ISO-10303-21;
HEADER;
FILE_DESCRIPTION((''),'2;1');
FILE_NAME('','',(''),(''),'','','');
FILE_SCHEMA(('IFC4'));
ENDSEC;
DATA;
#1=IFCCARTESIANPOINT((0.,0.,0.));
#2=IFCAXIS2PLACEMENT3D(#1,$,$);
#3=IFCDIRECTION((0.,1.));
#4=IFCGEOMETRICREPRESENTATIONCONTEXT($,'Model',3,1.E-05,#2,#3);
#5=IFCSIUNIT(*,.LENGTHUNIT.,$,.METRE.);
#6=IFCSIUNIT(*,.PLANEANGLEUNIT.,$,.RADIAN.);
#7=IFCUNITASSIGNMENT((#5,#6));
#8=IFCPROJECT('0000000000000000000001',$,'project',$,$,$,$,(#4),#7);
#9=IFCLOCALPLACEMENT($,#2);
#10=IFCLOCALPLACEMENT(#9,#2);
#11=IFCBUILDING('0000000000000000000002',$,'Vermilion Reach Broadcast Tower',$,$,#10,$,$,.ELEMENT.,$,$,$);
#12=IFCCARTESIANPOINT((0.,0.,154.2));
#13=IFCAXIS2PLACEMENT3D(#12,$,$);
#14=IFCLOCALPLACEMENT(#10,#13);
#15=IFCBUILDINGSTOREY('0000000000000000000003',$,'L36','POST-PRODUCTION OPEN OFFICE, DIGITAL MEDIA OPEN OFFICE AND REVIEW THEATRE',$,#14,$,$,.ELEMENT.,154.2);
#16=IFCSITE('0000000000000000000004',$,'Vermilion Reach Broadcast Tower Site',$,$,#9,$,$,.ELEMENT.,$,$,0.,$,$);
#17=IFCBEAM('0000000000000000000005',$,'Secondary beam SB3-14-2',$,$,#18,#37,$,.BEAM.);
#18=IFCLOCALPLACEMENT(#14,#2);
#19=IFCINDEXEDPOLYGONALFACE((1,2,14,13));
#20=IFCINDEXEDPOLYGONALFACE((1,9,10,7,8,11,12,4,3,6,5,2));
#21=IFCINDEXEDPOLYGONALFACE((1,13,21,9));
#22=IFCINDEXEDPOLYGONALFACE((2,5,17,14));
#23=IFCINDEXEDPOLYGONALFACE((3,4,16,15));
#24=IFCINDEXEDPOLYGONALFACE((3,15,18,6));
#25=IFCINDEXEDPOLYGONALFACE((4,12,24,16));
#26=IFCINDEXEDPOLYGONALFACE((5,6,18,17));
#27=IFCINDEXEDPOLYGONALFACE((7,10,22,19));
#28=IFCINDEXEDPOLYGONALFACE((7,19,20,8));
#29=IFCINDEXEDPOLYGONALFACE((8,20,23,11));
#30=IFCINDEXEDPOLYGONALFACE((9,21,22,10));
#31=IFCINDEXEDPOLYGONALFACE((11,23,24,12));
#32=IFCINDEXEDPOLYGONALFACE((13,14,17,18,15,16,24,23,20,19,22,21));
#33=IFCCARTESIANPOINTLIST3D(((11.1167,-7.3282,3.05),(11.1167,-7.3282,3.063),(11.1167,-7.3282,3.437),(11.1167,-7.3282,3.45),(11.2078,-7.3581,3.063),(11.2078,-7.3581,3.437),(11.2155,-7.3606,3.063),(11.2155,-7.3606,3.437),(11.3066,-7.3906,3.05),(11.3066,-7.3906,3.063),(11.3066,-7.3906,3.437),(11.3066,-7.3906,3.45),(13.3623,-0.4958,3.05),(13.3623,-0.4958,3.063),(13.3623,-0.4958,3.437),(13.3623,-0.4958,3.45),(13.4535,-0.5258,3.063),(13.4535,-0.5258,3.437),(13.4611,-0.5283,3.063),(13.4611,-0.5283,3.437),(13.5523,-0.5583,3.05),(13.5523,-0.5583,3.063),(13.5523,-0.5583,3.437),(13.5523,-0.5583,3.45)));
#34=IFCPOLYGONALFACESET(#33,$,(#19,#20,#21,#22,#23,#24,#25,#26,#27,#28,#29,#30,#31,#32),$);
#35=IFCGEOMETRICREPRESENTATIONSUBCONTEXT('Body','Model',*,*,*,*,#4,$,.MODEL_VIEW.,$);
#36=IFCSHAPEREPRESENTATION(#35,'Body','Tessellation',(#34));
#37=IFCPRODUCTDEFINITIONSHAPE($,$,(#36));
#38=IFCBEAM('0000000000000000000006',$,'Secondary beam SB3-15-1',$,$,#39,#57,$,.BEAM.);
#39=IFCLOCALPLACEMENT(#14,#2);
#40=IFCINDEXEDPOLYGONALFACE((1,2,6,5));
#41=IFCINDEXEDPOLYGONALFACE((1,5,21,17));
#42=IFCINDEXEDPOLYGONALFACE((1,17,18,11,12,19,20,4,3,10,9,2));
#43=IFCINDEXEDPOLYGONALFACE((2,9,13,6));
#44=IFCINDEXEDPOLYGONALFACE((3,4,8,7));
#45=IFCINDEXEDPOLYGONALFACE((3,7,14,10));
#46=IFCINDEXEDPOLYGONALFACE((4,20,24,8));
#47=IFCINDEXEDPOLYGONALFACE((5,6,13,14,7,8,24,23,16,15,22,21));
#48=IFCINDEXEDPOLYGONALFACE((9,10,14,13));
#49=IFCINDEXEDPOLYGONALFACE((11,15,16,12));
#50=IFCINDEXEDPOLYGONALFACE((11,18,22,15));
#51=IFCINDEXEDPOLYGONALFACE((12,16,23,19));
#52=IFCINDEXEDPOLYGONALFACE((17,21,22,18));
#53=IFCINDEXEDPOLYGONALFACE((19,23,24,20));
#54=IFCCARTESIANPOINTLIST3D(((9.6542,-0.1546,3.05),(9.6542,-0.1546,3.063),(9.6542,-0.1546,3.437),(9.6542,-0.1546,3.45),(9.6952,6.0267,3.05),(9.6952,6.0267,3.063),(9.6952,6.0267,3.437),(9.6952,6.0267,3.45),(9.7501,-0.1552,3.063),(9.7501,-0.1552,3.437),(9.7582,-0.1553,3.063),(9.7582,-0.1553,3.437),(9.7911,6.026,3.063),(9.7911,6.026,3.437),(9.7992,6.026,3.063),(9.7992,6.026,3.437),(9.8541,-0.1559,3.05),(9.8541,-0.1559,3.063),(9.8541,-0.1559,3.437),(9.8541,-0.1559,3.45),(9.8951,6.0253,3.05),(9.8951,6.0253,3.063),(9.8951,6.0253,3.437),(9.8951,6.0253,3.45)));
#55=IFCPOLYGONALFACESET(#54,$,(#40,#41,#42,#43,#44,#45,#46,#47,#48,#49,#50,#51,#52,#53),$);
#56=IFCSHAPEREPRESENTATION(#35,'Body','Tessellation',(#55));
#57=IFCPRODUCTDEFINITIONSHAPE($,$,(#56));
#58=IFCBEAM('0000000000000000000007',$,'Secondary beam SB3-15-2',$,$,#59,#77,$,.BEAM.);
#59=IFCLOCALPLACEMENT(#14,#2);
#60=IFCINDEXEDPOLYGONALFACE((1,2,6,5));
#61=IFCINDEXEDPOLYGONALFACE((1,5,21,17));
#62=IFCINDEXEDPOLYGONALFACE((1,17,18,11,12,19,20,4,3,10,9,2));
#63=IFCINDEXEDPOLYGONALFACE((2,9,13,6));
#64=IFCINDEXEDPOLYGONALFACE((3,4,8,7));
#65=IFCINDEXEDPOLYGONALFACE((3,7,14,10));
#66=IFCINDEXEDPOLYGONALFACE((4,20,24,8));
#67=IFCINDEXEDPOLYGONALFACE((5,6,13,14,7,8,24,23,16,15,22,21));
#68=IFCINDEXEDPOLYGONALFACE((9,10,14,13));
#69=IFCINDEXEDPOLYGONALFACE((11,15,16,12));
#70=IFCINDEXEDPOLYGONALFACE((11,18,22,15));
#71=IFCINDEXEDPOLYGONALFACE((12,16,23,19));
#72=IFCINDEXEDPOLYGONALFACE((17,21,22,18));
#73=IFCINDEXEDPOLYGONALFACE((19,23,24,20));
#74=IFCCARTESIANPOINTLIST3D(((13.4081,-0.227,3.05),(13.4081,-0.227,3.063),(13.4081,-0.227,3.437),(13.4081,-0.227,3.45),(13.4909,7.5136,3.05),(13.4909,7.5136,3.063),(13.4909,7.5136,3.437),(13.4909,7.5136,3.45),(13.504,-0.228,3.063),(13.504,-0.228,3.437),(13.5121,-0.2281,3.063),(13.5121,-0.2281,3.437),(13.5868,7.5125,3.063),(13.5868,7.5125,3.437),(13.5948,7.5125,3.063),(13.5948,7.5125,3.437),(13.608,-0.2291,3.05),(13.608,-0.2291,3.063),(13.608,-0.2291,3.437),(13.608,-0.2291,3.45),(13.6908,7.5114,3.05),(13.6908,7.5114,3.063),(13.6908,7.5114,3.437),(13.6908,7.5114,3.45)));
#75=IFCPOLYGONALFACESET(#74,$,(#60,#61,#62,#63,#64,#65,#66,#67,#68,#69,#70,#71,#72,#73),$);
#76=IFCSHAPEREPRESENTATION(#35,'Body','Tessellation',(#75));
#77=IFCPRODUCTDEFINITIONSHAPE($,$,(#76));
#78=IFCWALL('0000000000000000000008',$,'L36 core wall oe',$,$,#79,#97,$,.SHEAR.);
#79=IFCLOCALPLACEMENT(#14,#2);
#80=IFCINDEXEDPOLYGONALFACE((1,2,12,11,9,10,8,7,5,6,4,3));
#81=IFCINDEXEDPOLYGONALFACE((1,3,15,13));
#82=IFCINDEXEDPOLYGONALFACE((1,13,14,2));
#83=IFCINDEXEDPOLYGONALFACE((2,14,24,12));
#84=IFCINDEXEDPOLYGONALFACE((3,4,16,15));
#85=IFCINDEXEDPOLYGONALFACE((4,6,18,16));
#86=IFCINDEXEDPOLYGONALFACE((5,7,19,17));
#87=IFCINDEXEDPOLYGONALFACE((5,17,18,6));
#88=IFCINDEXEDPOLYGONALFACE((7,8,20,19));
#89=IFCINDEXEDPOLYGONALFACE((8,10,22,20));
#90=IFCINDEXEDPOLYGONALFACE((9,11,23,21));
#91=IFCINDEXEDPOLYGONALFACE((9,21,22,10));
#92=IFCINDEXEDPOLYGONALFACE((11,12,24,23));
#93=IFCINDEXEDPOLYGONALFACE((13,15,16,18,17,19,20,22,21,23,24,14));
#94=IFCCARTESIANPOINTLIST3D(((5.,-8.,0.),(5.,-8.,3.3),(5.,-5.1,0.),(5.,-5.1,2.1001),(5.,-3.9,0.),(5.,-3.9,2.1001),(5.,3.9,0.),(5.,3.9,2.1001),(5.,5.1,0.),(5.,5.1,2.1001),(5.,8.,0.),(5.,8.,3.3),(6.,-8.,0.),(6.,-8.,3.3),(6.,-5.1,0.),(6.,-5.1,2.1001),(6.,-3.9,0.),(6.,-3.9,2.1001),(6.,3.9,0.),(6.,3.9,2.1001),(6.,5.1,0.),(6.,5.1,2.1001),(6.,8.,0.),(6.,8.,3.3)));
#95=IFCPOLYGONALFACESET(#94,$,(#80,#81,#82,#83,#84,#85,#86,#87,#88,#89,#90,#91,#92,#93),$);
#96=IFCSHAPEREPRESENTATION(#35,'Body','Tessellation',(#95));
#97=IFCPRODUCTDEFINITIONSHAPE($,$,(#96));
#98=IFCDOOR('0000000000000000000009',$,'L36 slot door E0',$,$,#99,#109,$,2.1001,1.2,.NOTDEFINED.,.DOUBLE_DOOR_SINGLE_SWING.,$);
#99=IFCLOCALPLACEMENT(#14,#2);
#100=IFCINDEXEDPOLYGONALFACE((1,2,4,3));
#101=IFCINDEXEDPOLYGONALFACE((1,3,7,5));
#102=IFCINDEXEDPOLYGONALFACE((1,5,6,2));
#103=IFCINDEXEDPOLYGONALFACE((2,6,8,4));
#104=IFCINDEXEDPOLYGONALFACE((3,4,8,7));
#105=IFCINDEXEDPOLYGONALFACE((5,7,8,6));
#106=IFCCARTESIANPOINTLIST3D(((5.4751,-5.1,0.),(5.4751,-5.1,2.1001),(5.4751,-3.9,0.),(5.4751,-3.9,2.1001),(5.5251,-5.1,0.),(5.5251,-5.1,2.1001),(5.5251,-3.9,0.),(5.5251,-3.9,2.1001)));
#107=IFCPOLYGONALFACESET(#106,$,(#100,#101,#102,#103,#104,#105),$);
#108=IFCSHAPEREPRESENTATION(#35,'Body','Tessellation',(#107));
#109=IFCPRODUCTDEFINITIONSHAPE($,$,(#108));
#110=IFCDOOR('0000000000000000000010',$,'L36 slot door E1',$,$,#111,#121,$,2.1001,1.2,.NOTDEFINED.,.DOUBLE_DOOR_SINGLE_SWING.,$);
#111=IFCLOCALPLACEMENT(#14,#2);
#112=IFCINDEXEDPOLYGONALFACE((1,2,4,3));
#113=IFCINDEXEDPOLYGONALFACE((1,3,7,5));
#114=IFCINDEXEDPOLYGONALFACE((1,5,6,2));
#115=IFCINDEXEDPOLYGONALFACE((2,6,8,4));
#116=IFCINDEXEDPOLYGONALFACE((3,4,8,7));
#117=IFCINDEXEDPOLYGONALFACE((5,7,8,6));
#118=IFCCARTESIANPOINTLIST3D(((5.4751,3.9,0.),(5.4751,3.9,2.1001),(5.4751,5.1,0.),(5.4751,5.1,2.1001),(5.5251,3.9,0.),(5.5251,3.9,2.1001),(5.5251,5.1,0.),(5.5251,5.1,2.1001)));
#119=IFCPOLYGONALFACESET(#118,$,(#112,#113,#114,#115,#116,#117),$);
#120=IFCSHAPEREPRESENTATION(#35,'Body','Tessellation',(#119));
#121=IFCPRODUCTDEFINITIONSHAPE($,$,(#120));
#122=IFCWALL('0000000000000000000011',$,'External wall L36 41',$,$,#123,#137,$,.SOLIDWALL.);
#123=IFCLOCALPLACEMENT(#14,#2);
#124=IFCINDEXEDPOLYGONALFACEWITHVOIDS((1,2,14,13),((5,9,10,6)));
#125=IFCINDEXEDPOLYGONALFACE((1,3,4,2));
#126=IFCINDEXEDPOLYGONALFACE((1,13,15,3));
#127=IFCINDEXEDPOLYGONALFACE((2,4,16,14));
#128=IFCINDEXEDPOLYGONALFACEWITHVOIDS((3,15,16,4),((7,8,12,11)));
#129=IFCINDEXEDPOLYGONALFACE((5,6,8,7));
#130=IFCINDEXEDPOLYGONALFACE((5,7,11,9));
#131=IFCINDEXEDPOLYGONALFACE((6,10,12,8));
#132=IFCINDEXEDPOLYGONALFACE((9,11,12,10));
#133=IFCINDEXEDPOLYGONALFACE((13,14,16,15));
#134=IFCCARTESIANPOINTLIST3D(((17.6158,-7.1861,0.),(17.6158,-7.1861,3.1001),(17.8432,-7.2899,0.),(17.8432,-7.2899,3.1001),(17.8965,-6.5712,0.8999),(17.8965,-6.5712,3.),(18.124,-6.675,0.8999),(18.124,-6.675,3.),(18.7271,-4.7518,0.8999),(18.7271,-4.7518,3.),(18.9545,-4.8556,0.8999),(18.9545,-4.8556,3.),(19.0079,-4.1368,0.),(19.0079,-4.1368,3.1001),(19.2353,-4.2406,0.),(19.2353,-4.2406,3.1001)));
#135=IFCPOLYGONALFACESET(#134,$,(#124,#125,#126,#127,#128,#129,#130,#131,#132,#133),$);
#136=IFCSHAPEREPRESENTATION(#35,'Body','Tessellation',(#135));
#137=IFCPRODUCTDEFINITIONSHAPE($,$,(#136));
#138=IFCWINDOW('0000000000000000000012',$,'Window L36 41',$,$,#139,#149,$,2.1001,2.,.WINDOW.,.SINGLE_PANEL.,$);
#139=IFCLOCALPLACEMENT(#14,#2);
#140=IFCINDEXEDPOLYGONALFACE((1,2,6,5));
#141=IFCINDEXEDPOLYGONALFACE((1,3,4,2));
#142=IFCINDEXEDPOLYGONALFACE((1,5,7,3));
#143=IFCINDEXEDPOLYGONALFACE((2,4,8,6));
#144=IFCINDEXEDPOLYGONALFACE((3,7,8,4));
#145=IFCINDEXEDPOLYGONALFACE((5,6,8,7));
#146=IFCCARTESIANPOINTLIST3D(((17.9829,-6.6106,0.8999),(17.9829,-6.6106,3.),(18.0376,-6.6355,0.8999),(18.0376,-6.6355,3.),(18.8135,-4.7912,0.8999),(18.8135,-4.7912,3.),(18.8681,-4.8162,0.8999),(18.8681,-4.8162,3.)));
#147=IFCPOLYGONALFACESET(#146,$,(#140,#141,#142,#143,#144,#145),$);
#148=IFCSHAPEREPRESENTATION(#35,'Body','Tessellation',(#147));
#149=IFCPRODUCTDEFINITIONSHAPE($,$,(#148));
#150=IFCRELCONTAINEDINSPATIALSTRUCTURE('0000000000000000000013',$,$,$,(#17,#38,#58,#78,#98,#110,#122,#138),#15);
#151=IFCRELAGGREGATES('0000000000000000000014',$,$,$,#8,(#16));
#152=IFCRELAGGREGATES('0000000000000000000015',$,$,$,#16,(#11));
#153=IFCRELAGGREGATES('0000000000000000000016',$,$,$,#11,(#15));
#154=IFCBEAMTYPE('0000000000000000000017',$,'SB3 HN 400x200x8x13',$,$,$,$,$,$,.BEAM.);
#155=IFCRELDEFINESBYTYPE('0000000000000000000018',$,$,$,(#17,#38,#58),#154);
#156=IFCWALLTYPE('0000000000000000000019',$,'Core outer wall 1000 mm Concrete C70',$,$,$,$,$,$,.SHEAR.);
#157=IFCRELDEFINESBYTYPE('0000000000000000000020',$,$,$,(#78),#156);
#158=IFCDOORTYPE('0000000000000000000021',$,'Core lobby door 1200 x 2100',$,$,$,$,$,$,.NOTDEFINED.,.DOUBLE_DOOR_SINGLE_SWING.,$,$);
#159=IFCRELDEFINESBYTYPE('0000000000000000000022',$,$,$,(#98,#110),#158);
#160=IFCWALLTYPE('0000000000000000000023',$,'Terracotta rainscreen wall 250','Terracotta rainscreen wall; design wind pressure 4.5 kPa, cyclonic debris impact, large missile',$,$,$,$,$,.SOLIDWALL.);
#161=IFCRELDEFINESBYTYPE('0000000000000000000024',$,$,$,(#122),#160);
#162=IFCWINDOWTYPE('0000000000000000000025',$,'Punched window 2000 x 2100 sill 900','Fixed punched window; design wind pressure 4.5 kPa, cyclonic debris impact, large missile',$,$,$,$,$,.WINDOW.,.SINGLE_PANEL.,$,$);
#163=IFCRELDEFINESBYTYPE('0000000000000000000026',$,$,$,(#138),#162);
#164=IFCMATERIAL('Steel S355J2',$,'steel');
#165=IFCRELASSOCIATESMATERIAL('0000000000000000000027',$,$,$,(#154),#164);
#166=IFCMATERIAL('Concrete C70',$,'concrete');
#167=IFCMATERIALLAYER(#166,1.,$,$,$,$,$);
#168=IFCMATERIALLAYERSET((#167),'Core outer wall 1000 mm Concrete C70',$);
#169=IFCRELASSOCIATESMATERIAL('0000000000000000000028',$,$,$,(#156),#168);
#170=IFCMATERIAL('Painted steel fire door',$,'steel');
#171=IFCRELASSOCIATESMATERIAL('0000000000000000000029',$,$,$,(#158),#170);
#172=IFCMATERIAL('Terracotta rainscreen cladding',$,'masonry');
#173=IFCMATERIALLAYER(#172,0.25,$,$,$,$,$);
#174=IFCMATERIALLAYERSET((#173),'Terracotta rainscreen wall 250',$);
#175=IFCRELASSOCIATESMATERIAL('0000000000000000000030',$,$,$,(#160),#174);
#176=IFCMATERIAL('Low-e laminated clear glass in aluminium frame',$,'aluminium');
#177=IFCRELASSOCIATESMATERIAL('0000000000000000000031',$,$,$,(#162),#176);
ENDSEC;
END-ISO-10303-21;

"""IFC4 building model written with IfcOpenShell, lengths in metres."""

from ifc_helpers import new_model, si_unit, direction, frame, frame_2d, origin, origin_2d, place, context, subcontext, project, spatial, rectangle, i_section, extrude, material, layer, layer_set, material_profile, profile_set, type_object, element, fill, save


model = new_model("IFC4")

# Units and contexts
model_context = context("Model", 3, precision=1e-05, world=origin(), true_north=direction((0.0, 1.0)))
body_context = subcontext(model_context, "Body", "Model", "MODEL_VIEW")
ifc_project = project(units=[si_unit("LENGTHUNIT", "METRE"), si_unit("PLANEANGLEUNIT", "RADIAN")], contexts=[model_context])

# Site, building, storey
site_placement = place(None, origin())
site = spatial("IfcSite", under=ifc_project, at=site_placement, Name="Vermilion Reach Broadcast Tower Site", CompositionType="ELEMENT", RefElevation=0.0)
building_placement = place(site_placement, origin())
building = spatial("IfcBuilding", under=site, at=building_placement, Name="Vermilion Reach Broadcast Tower", CompositionType="ELEMENT")
storey_placement = place(building_placement, frame((0.0, 0.0, 154.2)))
storey = spatial("IfcBuildingStorey", under=building, at=storey_placement, Name="L36", Description="POST-PRODUCTION OPEN OFFICE, DIGITAL MEDIA OPEN OFFICE AND REVIEW THEATRE", CompositionType="ELEMENT", Elevation=154.2)

# Beams
ifc_material_1 = material(Name="Steel S355J2", Category="steel")
ifc_material_profile_1 = material_profile(ifc_material_1, i_section(OverallWidth=0.2, OverallDepth=0.3999, WebThickness=0.0081, FlangeThickness=0.0129, at=origin_2d()), Name="S355J2 HN 400x200x8x13")
ifc_profile_set_1 = profile_set([ifc_material_profile_1], Name="Steel S355J2")
beam_type_1 = type_object("IfcBeamType", Name="SB3 HN 400x200x8x13", PredefinedType="BEAM", material=ifc_profile_set_1)
beam_1_placement = place(storey_placement, frame((11.2117, -7.3594, 3.25), z_axis=(0.312243, 0.950002, 0.0), x_axis=(-0.950002, 0.312243, 0.0)))
element("IfcBeam", 1, at=beam_1_placement, inside=storey, type_object=beam_type_1, Name="Secondary beam SB3-14-2", PredefinedType="BEAM", context=body_context, shape_type="SweptSolid", body=[
    extrude(i_section(OverallWidth=0.2, OverallDepth=0.3999, WebThickness=0.0081, FlangeThickness=0.0129, at=origin_2d()), origin(), (0.0, 0.0, 1.0), 7.1919),
])
beam_2_placement = place(storey_placement, frame((9.7542, -0.1553, 3.25), z_axis=(0.006635, 0.999978, 0.0), x_axis=(-0.999978, 0.006635, 0.0)))
element("IfcBeam", 2, at=beam_2_placement, inside=storey, type_object=beam_type_1, Name="Secondary beam SB3-15-1", PredefinedType="BEAM", context=body_context, shape_type="SweptSolid", body=[
    extrude(i_section(OverallWidth=0.2, OverallDepth=0.3999, WebThickness=0.0081, FlangeThickness=0.0129, at=origin_2d()), origin(), (0.0, 0.0, 1.0), 6.1814),
])
beam_3_placement = place(storey_placement, frame((13.5081, -0.228, 3.25), z_axis=(0.010692, 0.999943, 0.0), x_axis=(-0.999943, 0.010692, 0.0)))
element("IfcBeam", 3, at=beam_3_placement, inside=storey, type_object=beam_type_1, Name="Secondary beam SB3-15-2", PredefinedType="BEAM", context=body_context, shape_type="SweptSolid", body=[
    extrude(i_section(OverallWidth=0.2, OverallDepth=0.3999, WebThickness=0.0081, FlangeThickness=0.0129, at=origin_2d()), origin(), (0.0, 0.0, 1.0), 7.741),
])

# Wall, openings, doors
ifc_material_2 = material(Name="Concrete C70", Category="concrete")
ifc_layer_1 = layer(ifc_material_2, 1.0)
ifc_layer_set_1 = layer_set([ifc_layer_1], Name="Core outer wall 1000 mm Concrete C70")
wall_type_1 = type_object("IfcWallType", Name="Core outer wall 1000 mm Concrete C70", PredefinedType="SHEAR", material=ifc_layer_set_1)
wall_1_placement = place(storey_placement, frame((5.5, -8.0, 0.0), z_axis=(0.0, 0.0, 1.0), x_axis=(0.0, 1.0, 0.0)))
wall_1 = element("IfcWall", 4, at=wall_1_placement, inside=storey, type_object=wall_type_1, Name="L36 core wall oe", PredefinedType="SHEAR", context=body_context, shape_type="SweptSolid", body=[
    extrude(rectangle(XDim=16.0, YDim=1.0, at=frame_2d((8.0, 0.0))), origin(), (0.0, 0.0, 1.0), 3.3),
])
opening_1_placement = place(wall_1_placement, frame((2.8999, 0.0, 0.0)))
opening_1 = element("IfcOpeningElement", 5, at=opening_1_placement, cuts=wall_1, PredefinedType="OPENING", context=body_context, shape_type="SweptSolid", body=[
    extrude(rectangle(XDim=1.2, YDim=2.1001, at=frame_2d((0.6001, 1.05))), frame((0.0, 0.51, 0.0), z_axis=(0.0, -1.0, 0.0), x_axis=(1.0, 0.0, 0.0)), (0.0, 0.0, 1.0), 1.02),
])
opening_2_placement = place(wall_1_placement, frame((11.8999, 0.0, 0.0)))
opening_2 = element("IfcOpeningElement", 6, at=opening_2_placement, cuts=wall_1, PredefinedType="OPENING", context=body_context, shape_type="SweptSolid", body=[
    extrude(rectangle(XDim=1.2, YDim=2.1001, at=frame_2d((0.6001, 1.05))), frame((0.0, 0.51, 0.0), z_axis=(0.0, -1.0, 0.0), x_axis=(1.0, 0.0, 0.0)), (0.0, 0.0, 1.0), 1.02),
])
ifc_material_3 = material(Name="Painted steel fire door", Category="steel")
door_type_1 = type_object("IfcDoorType", Name="Core lobby door 1200 x 2100", OperationType="DOUBLE_DOOR_SINGLE_SWING", PredefinedType="NOTDEFINED", material=ifc_material_3)
door_1_placement = place(opening_1_placement, origin())
door_1 = element("IfcDoor", 7, at=door_1_placement, inside=storey, type_object=door_type_1, Name="L36 slot door E0", OperationType="DOUBLE_DOOR_SINGLE_SWING", OverallHeight=2.1001, OverallWidth=1.2, PredefinedType="NOTDEFINED", context=body_context, shape_type="SweptSolid", body=[
    extrude(rectangle(XDim=1.2, YDim=2.1001, at=frame_2d((0.6001, 1.05))), frame((0.0, 0.0249, 0.0), z_axis=(0.0, -1.0, 0.0), x_axis=(1.0, 0.0, 0.0)), (0.0, 0.0, 1.0), 0.05),
])
fill(opening_1, door_1)
door_2_placement = place(opening_2_placement, origin())
door_2 = element("IfcDoor", 8, at=door_2_placement, inside=storey, type_object=door_type_1, Name="L36 slot door E1", OperationType="DOUBLE_DOOR_SINGLE_SWING", OverallHeight=2.1001, OverallWidth=1.2, PredefinedType="NOTDEFINED", context=body_context, shape_type="SweptSolid", body=[
    extrude(rectangle(XDim=1.2, YDim=2.1001, at=frame_2d((0.6001, 1.05))), frame((0.0, 0.0249, 0.0), z_axis=(0.0, -1.0, 0.0), x_axis=(1.0, 0.0, 0.0)), (0.0, 0.0, 1.0), 0.05),
])
fill(opening_2, door_2)

# Wall, opening, window
ifc_material_4 = material(Name="Terracotta rainscreen cladding", Category="masonry")
ifc_layer_2 = layer(ifc_material_4, 0.25)
ifc_layer_set_2 = layer_set([ifc_layer_2], Name="Terracotta rainscreen wall 250")
wall_type_2 = type_object("IfcWallType", Name="Terracotta rainscreen wall 250", Description="Terracotta rainscreen wall; design wind pressure 4.5 kPa, cyclonic debris impact, large missile", PredefinedType="SOLIDWALL", material=ifc_layer_set_2)
wall_2_placement = place(storey_placement, frame((17.7295, -7.238, 0.0), z_axis=(0.0, 0.0, 1.0), x_axis=(0.415295, 0.909687, 0.0)))
wall_2 = element("IfcWall", 9, at=wall_2_placement, inside=storey, type_object=wall_type_2, Name="External wall L36 41", PredefinedType="SOLIDWALL", context=body_context, shape_type="SweptSolid", body=[
    extrude(rectangle(XDim=3.3521, YDim=0.25, at=frame_2d((1.676, 0.0))), origin(), (0.0, 0.0, 1.0), 3.1001),
])
opening_3_placement = place(wall_2_placement, frame((0.676, 0.0, 0.8999)))
opening_3 = element("IfcOpeningElement", 10, at=opening_3_placement, cuts=wall_2, PredefinedType="OPENING", context=body_context, shape_type="SweptSolid", body=[
    extrude(rectangle(XDim=2.0, YDim=2.1001, at=frame_2d((1.0, 1.05))), frame((0.0, 0.135, 0.0), z_axis=(0.0, -1.0, 0.0), x_axis=(1.0, 0.0, 0.0)), (0.0, 0.0, 1.0), 0.27),
])
ifc_material_5 = material(Name="Low-e laminated clear glass in aluminium frame", Category="aluminium")
window_type = type_object("IfcWindowType", Name="Punched window 2000 x 2100 sill 900", Description="Fixed punched window; design wind pressure 4.5 kPa, cyclonic debris impact, large missile", PartitioningType="SINGLE_PANEL", PredefinedType="WINDOW", material=ifc_material_5)
window_1_placement = place(opening_3_placement, origin())
window_1 = element("IfcWindow", 11, at=window_1_placement, inside=storey, type_object=window_type, Name="Window L36 41", OverallHeight=2.1001, OverallWidth=2.0, PartitioningType="SINGLE_PANEL", PredefinedType="WINDOW", context=body_context, shape_type="SweptSolid", body=[
    extrude(rectangle(XDim=2.0, YDim=2.1001, at=frame_2d((1.0, 1.05))), frame((0.0, 0.03, 0.0), z_axis=(0.0, -1.0, 0.0), x_axis=(1.0, 0.0, 0.0)), (0.0, 0.0, 1.0), 0.0601),
])
fill(opening_3, window_1)

save(model, "model.ifc")
